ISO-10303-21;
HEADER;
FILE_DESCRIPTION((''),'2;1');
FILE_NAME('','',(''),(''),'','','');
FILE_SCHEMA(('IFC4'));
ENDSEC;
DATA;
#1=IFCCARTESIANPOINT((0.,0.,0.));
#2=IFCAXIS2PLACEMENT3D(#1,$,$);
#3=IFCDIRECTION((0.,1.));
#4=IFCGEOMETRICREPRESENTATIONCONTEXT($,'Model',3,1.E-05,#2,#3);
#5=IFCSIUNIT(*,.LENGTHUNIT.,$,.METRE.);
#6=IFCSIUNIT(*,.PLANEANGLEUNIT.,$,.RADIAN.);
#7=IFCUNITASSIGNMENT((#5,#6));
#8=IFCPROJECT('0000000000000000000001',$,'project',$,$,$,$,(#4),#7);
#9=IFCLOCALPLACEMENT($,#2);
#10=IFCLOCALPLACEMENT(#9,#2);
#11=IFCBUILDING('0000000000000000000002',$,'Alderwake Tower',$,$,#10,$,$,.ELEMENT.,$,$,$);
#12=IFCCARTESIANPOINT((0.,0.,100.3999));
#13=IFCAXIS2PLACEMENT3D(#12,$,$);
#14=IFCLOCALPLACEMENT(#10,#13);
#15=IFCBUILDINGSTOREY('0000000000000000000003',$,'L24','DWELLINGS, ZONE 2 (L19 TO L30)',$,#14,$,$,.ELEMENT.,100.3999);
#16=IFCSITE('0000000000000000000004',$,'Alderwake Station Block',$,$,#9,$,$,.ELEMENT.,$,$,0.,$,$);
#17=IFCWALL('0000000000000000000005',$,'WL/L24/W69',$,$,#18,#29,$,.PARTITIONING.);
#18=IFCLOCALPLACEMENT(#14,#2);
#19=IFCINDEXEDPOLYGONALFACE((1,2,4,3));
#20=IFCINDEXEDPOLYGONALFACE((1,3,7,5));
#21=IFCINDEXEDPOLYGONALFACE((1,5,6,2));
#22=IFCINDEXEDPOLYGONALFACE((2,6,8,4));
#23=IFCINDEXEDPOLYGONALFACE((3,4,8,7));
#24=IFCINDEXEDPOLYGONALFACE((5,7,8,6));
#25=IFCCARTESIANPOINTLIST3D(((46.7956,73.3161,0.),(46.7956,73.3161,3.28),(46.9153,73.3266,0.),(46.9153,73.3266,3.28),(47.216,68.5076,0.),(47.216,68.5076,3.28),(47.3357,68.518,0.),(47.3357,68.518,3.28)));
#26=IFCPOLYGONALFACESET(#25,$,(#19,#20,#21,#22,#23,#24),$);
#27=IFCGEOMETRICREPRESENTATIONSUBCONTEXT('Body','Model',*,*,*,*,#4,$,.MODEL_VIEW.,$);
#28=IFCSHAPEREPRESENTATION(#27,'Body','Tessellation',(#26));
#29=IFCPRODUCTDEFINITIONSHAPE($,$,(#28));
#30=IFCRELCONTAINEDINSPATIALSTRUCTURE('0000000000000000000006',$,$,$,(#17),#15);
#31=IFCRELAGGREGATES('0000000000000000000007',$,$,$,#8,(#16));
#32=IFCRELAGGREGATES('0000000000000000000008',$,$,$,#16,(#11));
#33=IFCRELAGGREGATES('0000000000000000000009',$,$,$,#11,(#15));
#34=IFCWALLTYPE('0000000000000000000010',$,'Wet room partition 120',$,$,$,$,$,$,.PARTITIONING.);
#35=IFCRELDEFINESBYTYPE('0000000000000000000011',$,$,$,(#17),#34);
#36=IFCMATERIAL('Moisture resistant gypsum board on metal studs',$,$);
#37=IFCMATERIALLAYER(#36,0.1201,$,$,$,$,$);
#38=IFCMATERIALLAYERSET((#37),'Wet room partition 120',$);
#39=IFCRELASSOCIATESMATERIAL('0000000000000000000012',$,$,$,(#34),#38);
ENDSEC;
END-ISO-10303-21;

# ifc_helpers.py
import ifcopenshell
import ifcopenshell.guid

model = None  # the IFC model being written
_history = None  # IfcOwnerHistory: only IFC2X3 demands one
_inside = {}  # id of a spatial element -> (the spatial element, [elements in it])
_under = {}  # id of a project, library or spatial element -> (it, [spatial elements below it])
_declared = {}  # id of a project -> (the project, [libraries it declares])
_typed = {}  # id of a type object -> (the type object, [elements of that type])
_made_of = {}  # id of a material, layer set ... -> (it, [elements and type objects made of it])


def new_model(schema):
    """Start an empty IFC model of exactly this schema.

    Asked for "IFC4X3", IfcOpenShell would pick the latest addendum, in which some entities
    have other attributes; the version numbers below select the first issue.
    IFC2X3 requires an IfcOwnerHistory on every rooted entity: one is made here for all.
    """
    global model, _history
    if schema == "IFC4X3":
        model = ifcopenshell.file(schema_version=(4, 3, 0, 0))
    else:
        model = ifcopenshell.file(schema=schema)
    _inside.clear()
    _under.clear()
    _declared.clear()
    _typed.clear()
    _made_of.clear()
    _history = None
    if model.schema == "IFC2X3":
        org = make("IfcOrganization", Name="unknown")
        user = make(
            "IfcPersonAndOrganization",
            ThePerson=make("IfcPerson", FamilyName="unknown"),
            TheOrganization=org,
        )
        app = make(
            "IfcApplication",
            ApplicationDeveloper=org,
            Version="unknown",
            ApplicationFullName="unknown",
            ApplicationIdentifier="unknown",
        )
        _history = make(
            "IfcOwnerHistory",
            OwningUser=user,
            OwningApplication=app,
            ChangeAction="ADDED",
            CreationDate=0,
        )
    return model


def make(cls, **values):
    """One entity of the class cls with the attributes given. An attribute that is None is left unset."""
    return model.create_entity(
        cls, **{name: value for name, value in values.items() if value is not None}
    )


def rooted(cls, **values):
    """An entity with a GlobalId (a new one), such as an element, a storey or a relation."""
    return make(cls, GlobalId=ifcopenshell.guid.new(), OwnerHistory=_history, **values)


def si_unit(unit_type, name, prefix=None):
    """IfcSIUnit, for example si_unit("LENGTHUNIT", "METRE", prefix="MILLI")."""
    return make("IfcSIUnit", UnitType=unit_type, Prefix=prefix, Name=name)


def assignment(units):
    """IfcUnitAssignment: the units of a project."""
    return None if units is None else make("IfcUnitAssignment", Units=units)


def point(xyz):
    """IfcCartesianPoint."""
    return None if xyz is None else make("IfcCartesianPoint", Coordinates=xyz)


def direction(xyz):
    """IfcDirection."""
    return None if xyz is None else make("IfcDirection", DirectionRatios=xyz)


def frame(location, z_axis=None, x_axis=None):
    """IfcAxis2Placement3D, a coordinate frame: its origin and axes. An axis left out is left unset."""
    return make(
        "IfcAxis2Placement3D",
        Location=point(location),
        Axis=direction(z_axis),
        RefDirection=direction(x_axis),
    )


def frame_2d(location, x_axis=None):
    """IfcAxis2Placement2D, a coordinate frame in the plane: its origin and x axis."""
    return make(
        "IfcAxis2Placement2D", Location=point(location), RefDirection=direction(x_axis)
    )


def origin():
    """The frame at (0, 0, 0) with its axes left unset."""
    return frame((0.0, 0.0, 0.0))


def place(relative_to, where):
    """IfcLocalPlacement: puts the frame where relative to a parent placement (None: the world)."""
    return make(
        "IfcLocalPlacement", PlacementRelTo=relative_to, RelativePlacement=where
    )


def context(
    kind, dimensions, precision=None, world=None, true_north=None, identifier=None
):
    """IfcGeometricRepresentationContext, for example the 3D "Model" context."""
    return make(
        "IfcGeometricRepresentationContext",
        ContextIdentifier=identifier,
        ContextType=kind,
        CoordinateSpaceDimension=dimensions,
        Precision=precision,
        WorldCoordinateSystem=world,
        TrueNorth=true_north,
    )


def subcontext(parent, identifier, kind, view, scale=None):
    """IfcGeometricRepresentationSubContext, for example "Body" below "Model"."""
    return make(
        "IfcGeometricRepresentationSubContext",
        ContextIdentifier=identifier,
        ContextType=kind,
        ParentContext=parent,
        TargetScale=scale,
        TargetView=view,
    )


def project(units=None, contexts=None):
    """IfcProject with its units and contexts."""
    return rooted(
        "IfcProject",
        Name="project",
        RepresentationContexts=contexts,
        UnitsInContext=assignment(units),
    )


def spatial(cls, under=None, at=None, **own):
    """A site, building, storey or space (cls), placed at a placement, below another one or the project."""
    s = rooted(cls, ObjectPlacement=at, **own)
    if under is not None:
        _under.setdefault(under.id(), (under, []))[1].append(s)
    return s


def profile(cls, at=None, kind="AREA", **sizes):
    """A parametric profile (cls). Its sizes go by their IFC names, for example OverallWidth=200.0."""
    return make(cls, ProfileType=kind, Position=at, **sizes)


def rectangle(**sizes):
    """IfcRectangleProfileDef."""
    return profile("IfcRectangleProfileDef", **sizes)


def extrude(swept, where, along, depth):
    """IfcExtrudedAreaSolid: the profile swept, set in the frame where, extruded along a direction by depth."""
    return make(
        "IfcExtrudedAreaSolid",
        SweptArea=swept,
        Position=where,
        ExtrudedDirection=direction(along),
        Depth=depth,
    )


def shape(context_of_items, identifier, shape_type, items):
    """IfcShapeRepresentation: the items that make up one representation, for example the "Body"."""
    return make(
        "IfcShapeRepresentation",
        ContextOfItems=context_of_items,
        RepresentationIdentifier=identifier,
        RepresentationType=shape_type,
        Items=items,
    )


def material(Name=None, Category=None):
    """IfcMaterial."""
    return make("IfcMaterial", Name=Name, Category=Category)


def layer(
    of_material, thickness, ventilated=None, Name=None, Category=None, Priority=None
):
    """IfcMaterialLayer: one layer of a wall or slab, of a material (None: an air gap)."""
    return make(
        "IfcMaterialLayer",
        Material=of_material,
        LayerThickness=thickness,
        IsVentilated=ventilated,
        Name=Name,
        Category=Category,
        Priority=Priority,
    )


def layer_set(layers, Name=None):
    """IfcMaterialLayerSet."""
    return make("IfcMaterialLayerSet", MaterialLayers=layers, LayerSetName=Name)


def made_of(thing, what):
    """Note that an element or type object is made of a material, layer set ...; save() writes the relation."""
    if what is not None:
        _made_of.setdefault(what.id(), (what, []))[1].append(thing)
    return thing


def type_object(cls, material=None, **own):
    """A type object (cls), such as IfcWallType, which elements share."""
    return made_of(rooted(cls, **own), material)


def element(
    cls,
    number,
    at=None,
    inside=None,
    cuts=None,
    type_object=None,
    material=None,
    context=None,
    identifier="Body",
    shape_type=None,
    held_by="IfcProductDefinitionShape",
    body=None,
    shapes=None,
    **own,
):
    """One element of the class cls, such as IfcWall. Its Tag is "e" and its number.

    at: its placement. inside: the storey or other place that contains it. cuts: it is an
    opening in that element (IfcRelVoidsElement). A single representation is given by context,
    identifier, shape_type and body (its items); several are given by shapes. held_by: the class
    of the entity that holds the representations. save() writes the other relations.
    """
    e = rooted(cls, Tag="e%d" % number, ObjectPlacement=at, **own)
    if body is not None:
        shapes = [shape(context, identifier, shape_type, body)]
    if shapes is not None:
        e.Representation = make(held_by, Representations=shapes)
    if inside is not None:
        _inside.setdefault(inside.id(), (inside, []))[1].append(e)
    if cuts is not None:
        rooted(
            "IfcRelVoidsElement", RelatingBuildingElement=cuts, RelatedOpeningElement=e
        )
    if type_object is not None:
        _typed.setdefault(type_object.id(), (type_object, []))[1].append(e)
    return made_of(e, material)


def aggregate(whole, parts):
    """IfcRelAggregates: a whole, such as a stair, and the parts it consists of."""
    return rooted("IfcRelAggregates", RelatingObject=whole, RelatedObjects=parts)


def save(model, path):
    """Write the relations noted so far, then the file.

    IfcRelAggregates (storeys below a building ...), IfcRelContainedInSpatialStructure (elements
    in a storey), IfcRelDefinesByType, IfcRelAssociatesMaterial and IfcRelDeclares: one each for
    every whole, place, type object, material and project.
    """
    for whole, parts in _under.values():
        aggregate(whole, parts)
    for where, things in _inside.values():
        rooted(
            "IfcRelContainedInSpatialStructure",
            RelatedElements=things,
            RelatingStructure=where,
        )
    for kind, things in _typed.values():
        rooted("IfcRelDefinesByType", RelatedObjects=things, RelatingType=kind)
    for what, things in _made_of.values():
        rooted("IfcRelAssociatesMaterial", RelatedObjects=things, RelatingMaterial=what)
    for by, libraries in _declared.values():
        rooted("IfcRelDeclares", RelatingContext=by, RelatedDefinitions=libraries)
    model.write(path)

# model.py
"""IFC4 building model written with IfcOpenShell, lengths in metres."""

from ifc_helpers import new_model, si_unit, direction, frame, frame_2d, origin, place, context, subcontext, project, spatial, rectangle, extrude, material, layer, layer_set, type_object, element, save


model = new_model("IFC4")

# Units and contexts
model_context = context("Model", 3, precision=1e-05, world=origin(), true_north=direction((0.0, 1.0)))
body_context = subcontext(model_context, "Body", "Model", "MODEL_VIEW")
ifc_project = project(units=[si_unit("LENGTHUNIT", "METRE"), si_unit("PLANEANGLEUNIT", "RADIAN")], contexts=[model_context])

# Site, building, storey
site_placement = place(None, origin())
site = spatial("IfcSite", under=ifc_project, at=site_placement, Name="Alderwake Station Block", CompositionType="ELEMENT", RefElevation=0.0)
building_placement = place(site_placement, origin())
building = spatial("IfcBuilding", under=site, at=building_placement, Name="Alderwake Tower", CompositionType="ELEMENT")
storey_placement = place(building_placement, frame((0.0, 0.0, 100.3999)))
storey = spatial("IfcBuildingStorey", under=building, at=storey_placement, Name="L24", Description="DWELLINGS, ZONE 2 (L19 TO L30)", CompositionType="ELEMENT", Elevation=100.3999)

# Shared definitions
ifc_material_1 = material(Name="Moisture resistant gypsum board on metal studs")
ifc_layer_1 = layer(ifc_material_1, 0.1201)
ifc_layer_set_1 = layer_set([ifc_layer_1], Name="Wet room partition 120")
wall_type_1 = type_object("IfcWallType", Name="Wet room partition 120", PredefinedType="PARTITIONING", material=ifc_layer_set_1)

# Wall
wall_1_placement = place(storey_placement, frame((47.2759, 68.5127, 0.0), z_axis=(0.0, 0.0, 1.0), x_axis=(-0.087097, 0.9962, 0.0)))
element("IfcWall", 1, at=wall_1_placement, inside=storey, type_object=wall_type_1, Name="WL/L24/W69", PredefinedType="PARTITIONING", context=body_context, shape_type="SweptSolid", body=[
    extrude(rectangle(XDim=4.8269, YDim=0.1201, at=frame_2d((2.4136, 0.0))), origin(), (0.0, 0.0, 1.0), 3.28),
])

save(model, "model.ifc")
